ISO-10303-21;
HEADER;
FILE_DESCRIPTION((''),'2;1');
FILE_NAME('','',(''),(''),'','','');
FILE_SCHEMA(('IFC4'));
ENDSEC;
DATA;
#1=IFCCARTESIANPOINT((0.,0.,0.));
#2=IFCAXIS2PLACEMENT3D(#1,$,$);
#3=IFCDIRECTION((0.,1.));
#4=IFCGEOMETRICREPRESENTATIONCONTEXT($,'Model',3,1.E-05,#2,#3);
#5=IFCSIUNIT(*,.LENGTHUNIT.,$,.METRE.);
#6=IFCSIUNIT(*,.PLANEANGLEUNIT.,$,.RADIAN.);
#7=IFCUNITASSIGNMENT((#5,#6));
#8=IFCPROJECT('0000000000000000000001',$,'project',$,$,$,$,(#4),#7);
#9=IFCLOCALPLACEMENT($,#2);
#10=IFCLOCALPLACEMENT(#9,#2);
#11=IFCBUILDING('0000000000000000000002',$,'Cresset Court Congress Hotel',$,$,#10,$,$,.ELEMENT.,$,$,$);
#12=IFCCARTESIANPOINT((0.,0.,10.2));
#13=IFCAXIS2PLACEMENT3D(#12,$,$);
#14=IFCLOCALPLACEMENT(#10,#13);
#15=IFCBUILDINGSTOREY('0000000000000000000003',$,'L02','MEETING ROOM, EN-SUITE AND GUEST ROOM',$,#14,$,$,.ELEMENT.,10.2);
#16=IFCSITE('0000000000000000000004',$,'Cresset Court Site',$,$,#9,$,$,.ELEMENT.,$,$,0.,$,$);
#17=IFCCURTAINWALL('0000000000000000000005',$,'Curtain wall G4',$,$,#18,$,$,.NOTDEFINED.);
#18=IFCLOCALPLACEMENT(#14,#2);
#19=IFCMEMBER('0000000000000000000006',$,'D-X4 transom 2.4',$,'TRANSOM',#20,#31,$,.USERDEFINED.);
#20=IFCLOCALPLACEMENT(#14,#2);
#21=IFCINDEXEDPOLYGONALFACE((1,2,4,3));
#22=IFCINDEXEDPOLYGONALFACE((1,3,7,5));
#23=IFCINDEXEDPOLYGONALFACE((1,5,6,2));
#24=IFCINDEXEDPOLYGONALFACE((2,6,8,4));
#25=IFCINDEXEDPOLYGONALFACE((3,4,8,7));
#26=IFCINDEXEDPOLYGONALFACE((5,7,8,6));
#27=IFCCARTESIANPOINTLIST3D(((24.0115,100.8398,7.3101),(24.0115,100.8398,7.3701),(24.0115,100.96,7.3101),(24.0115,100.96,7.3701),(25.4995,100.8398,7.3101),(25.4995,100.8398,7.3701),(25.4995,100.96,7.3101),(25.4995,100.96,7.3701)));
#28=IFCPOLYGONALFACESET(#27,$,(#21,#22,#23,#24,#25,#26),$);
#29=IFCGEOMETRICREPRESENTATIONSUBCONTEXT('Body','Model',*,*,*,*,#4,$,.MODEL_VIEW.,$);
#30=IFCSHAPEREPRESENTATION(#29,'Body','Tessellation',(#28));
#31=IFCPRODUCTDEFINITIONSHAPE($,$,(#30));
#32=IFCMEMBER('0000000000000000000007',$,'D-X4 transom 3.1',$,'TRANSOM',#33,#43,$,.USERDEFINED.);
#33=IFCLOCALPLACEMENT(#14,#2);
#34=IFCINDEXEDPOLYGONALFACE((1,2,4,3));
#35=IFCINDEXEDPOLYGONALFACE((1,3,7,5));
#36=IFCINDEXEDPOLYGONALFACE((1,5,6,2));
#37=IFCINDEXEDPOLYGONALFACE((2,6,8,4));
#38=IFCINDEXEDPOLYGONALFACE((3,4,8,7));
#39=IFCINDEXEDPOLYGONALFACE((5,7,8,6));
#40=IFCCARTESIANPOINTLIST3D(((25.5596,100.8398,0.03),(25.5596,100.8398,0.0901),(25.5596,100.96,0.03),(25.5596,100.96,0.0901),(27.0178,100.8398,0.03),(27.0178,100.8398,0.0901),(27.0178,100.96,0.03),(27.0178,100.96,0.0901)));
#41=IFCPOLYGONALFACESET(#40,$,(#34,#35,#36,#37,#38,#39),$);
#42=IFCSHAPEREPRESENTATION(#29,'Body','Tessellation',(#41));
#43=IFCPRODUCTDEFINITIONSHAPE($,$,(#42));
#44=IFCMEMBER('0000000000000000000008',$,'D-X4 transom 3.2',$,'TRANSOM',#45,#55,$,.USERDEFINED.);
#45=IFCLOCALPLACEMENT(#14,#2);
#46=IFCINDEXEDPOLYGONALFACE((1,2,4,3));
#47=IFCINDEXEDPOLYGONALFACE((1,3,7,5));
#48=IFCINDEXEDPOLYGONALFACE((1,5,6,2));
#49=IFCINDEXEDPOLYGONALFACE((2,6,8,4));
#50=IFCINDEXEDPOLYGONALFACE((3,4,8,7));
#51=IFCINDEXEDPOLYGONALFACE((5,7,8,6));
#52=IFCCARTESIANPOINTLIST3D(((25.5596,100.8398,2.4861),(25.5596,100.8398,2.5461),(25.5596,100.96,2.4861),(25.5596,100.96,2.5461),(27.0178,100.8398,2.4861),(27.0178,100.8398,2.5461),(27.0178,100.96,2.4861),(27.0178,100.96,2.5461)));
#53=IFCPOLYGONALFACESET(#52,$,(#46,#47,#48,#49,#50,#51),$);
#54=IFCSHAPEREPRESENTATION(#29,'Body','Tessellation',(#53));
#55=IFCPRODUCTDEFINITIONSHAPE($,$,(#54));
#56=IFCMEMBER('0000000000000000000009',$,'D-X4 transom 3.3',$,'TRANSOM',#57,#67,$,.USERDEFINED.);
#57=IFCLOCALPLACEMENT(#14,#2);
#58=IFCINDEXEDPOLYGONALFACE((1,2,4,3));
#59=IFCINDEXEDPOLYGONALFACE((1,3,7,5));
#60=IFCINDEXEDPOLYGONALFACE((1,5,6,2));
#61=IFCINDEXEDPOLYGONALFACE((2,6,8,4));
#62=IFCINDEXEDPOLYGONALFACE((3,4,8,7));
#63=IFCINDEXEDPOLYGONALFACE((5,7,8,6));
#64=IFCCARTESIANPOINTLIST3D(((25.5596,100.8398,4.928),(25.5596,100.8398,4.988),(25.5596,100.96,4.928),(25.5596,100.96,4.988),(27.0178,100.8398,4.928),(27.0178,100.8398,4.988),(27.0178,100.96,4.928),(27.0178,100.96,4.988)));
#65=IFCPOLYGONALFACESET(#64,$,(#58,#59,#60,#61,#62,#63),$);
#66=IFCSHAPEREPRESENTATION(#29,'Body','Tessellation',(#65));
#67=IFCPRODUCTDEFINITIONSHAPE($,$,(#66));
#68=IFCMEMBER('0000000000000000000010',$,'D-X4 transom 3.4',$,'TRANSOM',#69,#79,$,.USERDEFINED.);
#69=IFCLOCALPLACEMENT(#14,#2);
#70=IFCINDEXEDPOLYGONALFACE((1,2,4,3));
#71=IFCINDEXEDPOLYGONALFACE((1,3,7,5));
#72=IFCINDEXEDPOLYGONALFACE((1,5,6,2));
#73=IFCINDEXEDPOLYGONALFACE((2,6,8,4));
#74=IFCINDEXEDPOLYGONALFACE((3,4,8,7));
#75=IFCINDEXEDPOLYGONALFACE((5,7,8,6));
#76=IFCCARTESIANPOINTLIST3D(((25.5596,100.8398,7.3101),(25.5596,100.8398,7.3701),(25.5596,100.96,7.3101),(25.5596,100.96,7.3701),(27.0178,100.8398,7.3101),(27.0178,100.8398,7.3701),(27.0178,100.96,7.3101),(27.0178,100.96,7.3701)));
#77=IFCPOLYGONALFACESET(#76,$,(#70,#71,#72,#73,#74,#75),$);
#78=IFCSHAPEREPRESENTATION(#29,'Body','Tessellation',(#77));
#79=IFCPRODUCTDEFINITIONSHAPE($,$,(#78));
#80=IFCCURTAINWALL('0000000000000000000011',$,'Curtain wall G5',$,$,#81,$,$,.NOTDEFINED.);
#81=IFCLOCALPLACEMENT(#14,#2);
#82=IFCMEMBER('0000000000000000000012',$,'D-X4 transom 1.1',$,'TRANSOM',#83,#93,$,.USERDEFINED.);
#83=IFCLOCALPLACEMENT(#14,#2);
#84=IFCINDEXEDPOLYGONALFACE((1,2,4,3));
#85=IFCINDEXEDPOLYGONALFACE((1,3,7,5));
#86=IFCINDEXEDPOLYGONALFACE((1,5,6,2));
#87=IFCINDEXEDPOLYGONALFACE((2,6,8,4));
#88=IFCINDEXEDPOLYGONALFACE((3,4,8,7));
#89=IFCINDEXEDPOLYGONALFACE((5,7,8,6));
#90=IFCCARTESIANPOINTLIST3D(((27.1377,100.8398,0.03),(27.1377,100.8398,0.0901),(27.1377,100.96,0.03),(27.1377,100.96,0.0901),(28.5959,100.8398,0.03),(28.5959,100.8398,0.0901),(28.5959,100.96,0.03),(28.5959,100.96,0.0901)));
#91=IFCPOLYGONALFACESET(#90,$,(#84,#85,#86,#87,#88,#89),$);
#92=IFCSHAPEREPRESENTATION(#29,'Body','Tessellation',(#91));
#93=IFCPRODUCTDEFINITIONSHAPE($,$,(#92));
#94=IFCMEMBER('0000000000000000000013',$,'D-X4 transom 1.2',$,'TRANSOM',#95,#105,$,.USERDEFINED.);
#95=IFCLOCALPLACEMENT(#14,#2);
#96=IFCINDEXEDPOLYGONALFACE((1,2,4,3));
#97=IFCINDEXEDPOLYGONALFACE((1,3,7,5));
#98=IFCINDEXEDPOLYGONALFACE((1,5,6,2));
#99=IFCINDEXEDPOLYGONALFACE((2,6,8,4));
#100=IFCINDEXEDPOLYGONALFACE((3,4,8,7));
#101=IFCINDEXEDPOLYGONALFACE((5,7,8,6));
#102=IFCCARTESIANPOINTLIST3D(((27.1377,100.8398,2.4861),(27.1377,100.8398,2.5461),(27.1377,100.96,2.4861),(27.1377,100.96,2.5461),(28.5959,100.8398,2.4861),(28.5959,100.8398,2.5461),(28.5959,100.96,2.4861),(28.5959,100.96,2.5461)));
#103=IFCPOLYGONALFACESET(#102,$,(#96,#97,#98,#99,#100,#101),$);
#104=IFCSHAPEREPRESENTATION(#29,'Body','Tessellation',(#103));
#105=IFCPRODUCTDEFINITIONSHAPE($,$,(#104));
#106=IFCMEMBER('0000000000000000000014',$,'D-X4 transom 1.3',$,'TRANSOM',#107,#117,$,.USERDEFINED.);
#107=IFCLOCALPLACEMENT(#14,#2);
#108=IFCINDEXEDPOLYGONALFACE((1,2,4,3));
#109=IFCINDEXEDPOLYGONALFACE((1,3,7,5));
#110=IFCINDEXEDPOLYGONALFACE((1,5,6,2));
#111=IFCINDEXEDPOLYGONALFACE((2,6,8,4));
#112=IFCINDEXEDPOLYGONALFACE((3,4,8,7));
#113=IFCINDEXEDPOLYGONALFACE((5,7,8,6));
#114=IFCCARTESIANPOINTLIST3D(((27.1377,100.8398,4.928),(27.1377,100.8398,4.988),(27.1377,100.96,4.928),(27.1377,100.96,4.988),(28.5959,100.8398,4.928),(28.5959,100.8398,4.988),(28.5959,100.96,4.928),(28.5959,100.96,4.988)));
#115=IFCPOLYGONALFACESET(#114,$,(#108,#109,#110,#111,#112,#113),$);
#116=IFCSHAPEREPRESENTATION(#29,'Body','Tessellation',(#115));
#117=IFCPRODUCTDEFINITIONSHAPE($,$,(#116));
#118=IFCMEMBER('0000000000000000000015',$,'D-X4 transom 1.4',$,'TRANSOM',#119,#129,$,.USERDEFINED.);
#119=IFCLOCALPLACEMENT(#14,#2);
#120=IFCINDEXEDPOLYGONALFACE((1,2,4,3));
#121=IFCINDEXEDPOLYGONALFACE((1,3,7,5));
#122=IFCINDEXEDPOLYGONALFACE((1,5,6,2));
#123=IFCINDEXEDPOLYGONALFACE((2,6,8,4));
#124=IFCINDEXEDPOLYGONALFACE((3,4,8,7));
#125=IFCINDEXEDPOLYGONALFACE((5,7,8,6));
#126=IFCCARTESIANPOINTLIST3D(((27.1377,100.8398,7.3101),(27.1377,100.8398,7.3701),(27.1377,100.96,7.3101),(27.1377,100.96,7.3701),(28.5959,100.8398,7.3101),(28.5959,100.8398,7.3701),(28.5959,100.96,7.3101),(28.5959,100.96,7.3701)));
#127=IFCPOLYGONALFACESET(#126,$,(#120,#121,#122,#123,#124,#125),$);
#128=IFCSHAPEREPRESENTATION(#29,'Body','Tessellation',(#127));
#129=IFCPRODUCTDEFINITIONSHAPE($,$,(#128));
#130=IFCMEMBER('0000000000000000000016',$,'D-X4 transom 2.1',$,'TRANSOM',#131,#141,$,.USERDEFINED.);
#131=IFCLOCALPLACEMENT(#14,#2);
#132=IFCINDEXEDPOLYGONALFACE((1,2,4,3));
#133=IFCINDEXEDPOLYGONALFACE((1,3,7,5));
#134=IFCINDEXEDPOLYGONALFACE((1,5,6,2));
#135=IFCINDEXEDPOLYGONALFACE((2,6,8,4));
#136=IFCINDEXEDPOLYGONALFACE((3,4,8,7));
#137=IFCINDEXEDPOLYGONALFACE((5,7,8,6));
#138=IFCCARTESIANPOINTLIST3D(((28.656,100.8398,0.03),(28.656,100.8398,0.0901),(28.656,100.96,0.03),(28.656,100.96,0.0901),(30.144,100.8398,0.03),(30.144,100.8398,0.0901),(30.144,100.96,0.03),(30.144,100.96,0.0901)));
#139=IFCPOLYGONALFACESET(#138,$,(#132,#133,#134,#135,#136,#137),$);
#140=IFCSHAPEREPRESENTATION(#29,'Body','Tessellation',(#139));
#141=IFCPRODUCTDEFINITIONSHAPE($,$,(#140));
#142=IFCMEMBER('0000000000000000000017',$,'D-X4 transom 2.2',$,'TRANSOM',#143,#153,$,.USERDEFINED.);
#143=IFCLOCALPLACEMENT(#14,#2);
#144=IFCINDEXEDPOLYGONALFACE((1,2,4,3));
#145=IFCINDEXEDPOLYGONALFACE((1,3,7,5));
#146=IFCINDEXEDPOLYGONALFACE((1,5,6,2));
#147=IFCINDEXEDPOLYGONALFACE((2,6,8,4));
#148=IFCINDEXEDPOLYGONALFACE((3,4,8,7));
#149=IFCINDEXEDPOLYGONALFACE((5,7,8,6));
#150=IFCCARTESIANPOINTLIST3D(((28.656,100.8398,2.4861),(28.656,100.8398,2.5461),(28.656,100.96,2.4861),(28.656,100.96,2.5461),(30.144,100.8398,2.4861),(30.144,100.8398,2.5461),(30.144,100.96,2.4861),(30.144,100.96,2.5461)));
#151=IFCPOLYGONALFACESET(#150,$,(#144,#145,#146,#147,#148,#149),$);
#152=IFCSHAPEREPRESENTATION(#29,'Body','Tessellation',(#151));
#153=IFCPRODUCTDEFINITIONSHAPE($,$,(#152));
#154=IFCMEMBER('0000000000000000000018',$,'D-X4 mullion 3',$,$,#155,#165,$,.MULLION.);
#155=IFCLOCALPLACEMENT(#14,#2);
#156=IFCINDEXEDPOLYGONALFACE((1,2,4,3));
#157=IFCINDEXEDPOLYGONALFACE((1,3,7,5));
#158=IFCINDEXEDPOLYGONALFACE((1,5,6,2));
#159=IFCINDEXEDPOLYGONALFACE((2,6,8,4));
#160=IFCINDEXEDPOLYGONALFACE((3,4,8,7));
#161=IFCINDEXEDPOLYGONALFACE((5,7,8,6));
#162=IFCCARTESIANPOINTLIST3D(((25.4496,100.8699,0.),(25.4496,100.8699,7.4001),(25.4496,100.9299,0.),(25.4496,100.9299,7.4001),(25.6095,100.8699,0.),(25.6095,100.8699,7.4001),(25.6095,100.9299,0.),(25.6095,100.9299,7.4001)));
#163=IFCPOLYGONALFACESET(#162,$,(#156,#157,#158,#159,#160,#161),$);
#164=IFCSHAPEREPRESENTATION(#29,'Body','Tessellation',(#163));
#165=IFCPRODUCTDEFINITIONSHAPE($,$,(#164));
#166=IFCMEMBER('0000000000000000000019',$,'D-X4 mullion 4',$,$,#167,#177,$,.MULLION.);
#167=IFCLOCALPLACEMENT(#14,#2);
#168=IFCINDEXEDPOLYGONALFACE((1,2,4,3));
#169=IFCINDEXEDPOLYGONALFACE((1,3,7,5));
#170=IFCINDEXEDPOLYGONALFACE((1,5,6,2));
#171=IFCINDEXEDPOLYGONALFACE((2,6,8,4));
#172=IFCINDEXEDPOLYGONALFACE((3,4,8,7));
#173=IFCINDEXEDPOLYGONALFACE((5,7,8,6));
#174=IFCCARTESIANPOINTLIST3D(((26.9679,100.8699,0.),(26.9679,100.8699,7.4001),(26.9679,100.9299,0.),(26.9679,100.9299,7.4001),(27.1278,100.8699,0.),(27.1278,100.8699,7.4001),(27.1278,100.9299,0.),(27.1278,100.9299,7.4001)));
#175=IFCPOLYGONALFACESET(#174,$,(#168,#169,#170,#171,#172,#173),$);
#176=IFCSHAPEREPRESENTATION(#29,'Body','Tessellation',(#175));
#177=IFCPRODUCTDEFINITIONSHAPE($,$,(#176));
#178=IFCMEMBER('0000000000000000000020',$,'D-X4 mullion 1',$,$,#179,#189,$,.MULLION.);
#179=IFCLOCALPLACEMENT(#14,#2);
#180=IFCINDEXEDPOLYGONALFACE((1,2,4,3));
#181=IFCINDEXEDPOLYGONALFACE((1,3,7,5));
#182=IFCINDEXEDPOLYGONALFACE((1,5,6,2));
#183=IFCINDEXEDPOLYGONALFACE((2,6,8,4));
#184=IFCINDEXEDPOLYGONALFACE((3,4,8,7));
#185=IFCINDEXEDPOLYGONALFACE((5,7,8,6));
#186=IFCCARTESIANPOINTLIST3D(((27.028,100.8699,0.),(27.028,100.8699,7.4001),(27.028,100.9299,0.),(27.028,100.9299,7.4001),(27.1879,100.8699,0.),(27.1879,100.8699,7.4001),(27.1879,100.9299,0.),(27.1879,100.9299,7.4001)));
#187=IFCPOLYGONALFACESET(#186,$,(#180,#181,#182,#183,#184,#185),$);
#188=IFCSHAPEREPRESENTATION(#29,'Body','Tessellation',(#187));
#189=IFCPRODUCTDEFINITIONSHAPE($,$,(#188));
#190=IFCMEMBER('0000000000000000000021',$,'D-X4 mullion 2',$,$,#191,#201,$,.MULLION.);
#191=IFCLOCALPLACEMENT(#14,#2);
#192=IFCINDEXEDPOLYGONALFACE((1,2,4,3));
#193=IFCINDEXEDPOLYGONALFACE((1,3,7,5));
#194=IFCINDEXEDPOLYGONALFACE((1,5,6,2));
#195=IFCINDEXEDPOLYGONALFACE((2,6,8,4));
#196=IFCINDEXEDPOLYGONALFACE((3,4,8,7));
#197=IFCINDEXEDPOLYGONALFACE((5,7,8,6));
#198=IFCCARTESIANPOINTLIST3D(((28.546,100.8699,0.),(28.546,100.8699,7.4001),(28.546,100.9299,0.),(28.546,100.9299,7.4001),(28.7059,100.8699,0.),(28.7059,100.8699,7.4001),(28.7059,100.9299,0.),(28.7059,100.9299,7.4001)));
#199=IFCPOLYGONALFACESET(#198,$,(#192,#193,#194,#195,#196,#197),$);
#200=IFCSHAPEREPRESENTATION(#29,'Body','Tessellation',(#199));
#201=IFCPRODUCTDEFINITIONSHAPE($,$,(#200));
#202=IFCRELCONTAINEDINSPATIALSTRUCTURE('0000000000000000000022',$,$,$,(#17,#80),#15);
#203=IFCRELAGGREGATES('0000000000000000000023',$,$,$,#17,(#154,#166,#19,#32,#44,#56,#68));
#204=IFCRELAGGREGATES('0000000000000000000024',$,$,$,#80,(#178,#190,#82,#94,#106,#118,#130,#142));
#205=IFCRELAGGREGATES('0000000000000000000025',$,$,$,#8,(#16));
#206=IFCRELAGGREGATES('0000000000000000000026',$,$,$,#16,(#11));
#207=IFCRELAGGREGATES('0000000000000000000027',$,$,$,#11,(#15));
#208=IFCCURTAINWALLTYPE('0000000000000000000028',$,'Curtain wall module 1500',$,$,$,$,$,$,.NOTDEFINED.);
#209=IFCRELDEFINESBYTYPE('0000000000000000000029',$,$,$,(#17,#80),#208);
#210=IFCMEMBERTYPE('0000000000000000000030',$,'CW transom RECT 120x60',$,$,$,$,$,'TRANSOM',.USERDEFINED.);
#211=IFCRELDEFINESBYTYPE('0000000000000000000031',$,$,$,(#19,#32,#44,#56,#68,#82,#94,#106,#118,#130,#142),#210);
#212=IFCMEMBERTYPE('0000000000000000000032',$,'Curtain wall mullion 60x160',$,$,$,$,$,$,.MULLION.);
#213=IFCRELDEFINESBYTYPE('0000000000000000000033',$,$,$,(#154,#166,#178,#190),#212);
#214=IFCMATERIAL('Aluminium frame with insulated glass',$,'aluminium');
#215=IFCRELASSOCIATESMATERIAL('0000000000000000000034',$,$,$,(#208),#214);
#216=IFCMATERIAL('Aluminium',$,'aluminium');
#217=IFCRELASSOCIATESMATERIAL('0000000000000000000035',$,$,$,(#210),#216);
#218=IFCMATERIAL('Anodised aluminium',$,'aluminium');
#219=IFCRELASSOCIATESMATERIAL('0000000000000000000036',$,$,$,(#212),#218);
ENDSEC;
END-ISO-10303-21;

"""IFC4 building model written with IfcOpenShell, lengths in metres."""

from ifc_helpers import new_model, si_unit, direction, frame, origin, origin_2d, place, context, subcontext, project, spatial, rectangle, extrude, material, material_profile, profile_set, type_object, element, aggregate, save


model = new_model("IFC4")

# Units and contexts
model_context = context("Model", 3, precision=1e-05, world=origin(), true_north=direction((0.0, 1.0)))
body_context = subcontext(model_context, "Body", "Model", "MODEL_VIEW")
ifc_project = project(units=[si_unit("LENGTHUNIT", "METRE"), si_unit("PLANEANGLEUNIT", "RADIAN")], contexts=[model_context])

# Site, building, storey
site_placement = place(None, origin())
site = spatial("IfcSite", under=ifc_project, at=site_placement, Name="Cresset Court Site", CompositionType="ELEMENT", RefElevation=0.0)
building_placement = place(site_placement, origin())
building = spatial("IfcBuilding", under=site, at=building_placement, Name="Cresset Court Congress Hotel", CompositionType="ELEMENT")
storey_placement = place(building_placement, frame((0.0, 0.0, 10.2)))
storey = spatial("IfcBuildingStorey", under=building, at=storey_placement, Name="L02", Description="MEETING ROOM, EN-SUITE AND GUEST ROOM", CompositionType="ELEMENT", Elevation=10.2)

# Curtain walls, members
ifc_material_1 = material(Name="Aluminium frame with insulated glass", Category="aluminium")
curtain_wall_type = type_object("IfcCurtainWallType", Name="Curtain wall module 1500", PredefinedType="NOTDEFINED", material=ifc_material_1)
curtain_wall_1_placement = place(storey_placement, origin())
curtain_wall_1 = element("IfcCurtainWall", 1, at=curtain_wall_1_placement, inside=storey, type_object=curtain_wall_type, Name="Curtain wall G4", PredefinedType="NOTDEFINED")
ifc_material_2 = material(Name="Aluminium", Category="aluminium")
ifc_material_profile_1 = material_profile(ifc_material_2, rectangle(XDim=0.1201, YDim=0.0601, at=origin_2d()), Name="AL 120x60")
ifc_profile_set_1 = profile_set([ifc_material_profile_1], Name="Aluminium")
member_type_1 = type_object("IfcMemberType", Name="CW transom RECT 120x60", ElementType="TRANSOM", PredefinedType="USERDEFINED", material=ifc_profile_set_1)
member_1_placement = place(storey_placement, frame((24.0115, 100.8999, 7.3401), z_axis=(1.0, 0.0, 0.0), x_axis=(0.0, 1.0, 0.0)))
member_1 = element("IfcMember", 2, at=member_1_placement, type_object=member_type_1, Name="D-X4 transom 2.4", ObjectType="TRANSOM", PredefinedType="USERDEFINED", context=body_context, shape_type="SweptSolid", body=[
    extrude(rectangle(XDim=0.1201, YDim=0.0601, at=origin_2d()), origin(), (0.0, 0.0, 1.0), 1.488),
])
member_2_placement = place(storey_placement, frame((25.5596, 100.8999, 0.0601), z_axis=(1.0, 0.0, 0.0), x_axis=(0.0, 1.0, 0.0)))
member_2 = element("IfcMember", 3, at=member_2_placement, type_object=member_type_1, Name="D-X4 transom 3.1", ObjectType="TRANSOM", PredefinedType="USERDEFINED", context=body_context, shape_type="SweptSolid", body=[
    extrude(rectangle(XDim=0.1201, YDim=0.0601, at=origin_2d()), origin(), (0.0, 0.0, 1.0), 1.4583),
])
member_3_placement = place(storey_placement, frame((25.5596, 100.8999, 2.5161), z_axis=(1.0, 0.0, 0.0), x_axis=(0.0, 1.0, 0.0)))
member_3 = element("IfcMember", 4, at=member_3_placement, type_object=member_type_1, Name="D-X4 transom 3.2", ObjectType="TRANSOM", PredefinedType="USERDEFINED", context=body_context, shape_type="SweptSolid", body=[
    extrude(rectangle(XDim=0.1201, YDim=0.0601, at=origin_2d()), origin(), (0.0, 0.0, 1.0), 1.4583),
])
member_4_placement = place(storey_placement, frame((25.5596, 100.8999, 4.958), z_axis=(1.0, 0.0, 0.0), x_axis=(0.0, 1.0, 0.0)))
member_4 = element("IfcMember", 5, at=member_4_placement, type_object=member_type_1, Name="D-X4 transom 3.3", ObjectType="TRANSOM", PredefinedType="USERDEFINED", context=body_context, shape_type="SweptSolid", body=[
    extrude(rectangle(XDim=0.1201, YDim=0.0601, at=origin_2d()), origin(), (0.0, 0.0, 1.0), 1.4583),
])
member_5_placement = place(storey_placement, frame((25.5596, 100.8999, 7.3401), z_axis=(1.0, 0.0, 0.0), x_axis=(0.0, 1.0, 0.0)))
member_5 = element("IfcMember", 6, at=member_5_placement, type_object=member_type_1, Name="D-X4 transom 3.4", ObjectType="TRANSOM", PredefinedType="USERDEFINED", context=body_context, shape_type="SweptSolid", body=[
    extrude(rectangle(XDim=0.1201, YDim=0.0601, at=origin_2d()), origin(), (0.0, 0.0, 1.0), 1.4583),
])
curtain_wall_2_placement = place(storey_placement, origin())
curtain_wall_2 = element("IfcCurtainWall", 7, at=curtain_wall_2_placement, inside=storey, type_object=curtain_wall_type, Name="Curtain wall G5", PredefinedType="NOTDEFINED")
member_6_placement = place(storey_placement, frame((27.1377, 100.8999, 0.0601), z_axis=(1.0, 0.0, 0.0), x_axis=(0.0, 1.0, 0.0)))
member_6 = element("IfcMember", 8, at=member_6_placement, type_object=member_type_1, Name="D-X4 transom 1.1", ObjectType="TRANSOM", PredefinedType="USERDEFINED", context=body_context, shape_type="SweptSolid", body=[
    extrude(rectangle(XDim=0.1201, YDim=0.0601, at=origin_2d()), origin(), (0.0, 0.0, 1.0), 1.4583),
])
member_7_placement = place(storey_placement, frame((27.1377, 100.8999, 2.5161), z_axis=(1.0, 0.0, 0.0), x_axis=(0.0, 1.0, 0.0)))
member_7 = element("IfcMember", 9, at=member_7_placement, type_object=member_type_1, Name="D-X4 transom 1.2", ObjectType="TRANSOM", PredefinedType="USERDEFINED", context=body_context, shape_type="SweptSolid", body=[
    extrude(rectangle(XDim=0.1201, YDim=0.0601, at=origin_2d()), origin(), (0.0, 0.0, 1.0), 1.4583),
])
member_8_placement = place(storey_placement, frame((27.1377, 100.8999, 4.958), z_axis=(1.0, 0.0, 0.0), x_axis=(0.0, 1.0, 0.0)))
member_8 = element("IfcMember", 10, at=member_8_placement, type_object=member_type_1, Name="D-X4 transom 1.3", ObjectType="TRANSOM", PredefinedType="USERDEFINED", context=body_context, shape_type="SweptSolid", body=[
    extrude(rectangle(XDim=0.1201, YDim=0.0601, at=origin_2d()), origin(), (0.0, 0.0, 1.0), 1.4583),
])
member_9_placement = place(storey_placement, frame((27.1377, 100.8999, 7.3401), z_axis=(1.0, 0.0, 0.0), x_axis=(0.0, 1.0, 0.0)))
member_9 = element("IfcMember", 11, at=member_9_placement, type_object=member_type_1, Name="D-X4 transom 1.4", ObjectType="TRANSOM", PredefinedType="USERDEFINED", context=body_context, shape_type="SweptSolid", body=[
    extrude(rectangle(XDim=0.1201, YDim=0.0601, at=origin_2d()), origin(), (0.0, 0.0, 1.0), 1.4583),
])
member_10_placement = place(storey_placement, frame((28.656, 100.8999, 0.0601), z_axis=(1.0, 0.0, 0.0), x_axis=(0.0, 1.0, 0.0)))
member_10 = element("IfcMember", 12, at=member_10_placement, type_object=member_type_1, Name="D-X4 transom 2.1", ObjectType="TRANSOM", PredefinedType="USERDEFINED", context=body_context, shape_type="SweptSolid", body=[
    extrude(rectangle(XDim=0.1201, YDim=0.0601, at=origin_2d()), origin(), (0.0, 0.0, 1.0), 1.488),
])
member_11_placement = place(storey_placement, frame((28.656, 100.8999, 2.5161), z_axis=(1.0, 0.0, 0.0), x_axis=(0.0, 1.0, 0.0)))
member_11 = element("IfcMember", 13, at=member_11_placement, type_object=member_type_1, Name="D-X4 transom 2.2", ObjectType="TRANSOM", PredefinedType="USERDEFINED", context=body_context, shape_type="SweptSolid", body=[
    extrude(rectangle(XDim=0.1201, YDim=0.0601, at=origin_2d()), origin(), (0.0, 0.0, 1.0), 1.488),
])

# Members
ifc_material_3 = material(Name="Anodised aluminium", Category="aluminium")
ifc_material_profile_2 = material_profile(ifc_material_3, rectangle(XDim=0.0601, YDim=0.1599, at=origin_2d()), Name="AL60x160")
ifc_profile_set_2 = profile_set([ifc_material_profile_2], Name="Anodised aluminium")
member_type_2 = type_object("IfcMemberType", Name="Curtain wall mullion 60x160", PredefinedType="MULLION", material=ifc_profile_set_2)
member_12_placement = place(storey_placement, frame((25.5295, 100.8999, 0.0), z_axis=(0.0, 0.0, 1.0), x_axis=(0.0, 1.0, 0.0)))
member_12 = element("IfcMember", 14, at=member_12_placement, type_object=member_type_2, Name="D-X4 mullion 3", PredefinedType="MULLION", context=body_context, shape_type="SweptSolid", body=[
    extrude(rectangle(XDim=0.0601, YDim=0.1599, at=origin_2d()), origin(), (0.0, 0.0, 1.0), 7.4001),
])
member_13_placement = place(storey_placement, frame((27.0479, 100.8999, 0.0), z_axis=(0.0, 0.0, 1.0), x_axis=(0.0, 1.0, 0.0)))
member_13 = element("IfcMember", 15, at=member_13_placement, type_object=member_type_2, Name="D-X4 mullion 4", PredefinedType="MULLION", context=body_context, shape_type="SweptSolid", body=[
    extrude(rectangle(XDim=0.0601, YDim=0.1599, at=origin_2d()), origin(), (0.0, 0.0, 1.0), 7.4001),
])
member_14_placement = place(storey_placement, frame((27.1079, 100.8999, 0.0), z_axis=(0.0, 0.0, 1.0), x_axis=(0.0, 1.0, 0.0)))
member_14 = element("IfcMember", 16, at=member_14_placement, type_object=member_type_2, Name="D-X4 mullion 1", PredefinedType="MULLION", context=body_context, shape_type="SweptSolid", body=[
    extrude(rectangle(XDim=0.0601, YDim=0.1599, at=origin_2d()), origin(), (0.0, 0.0, 1.0), 7.4001),
])
member_15_placement = place(storey_placement, frame((28.626, 100.8999, 0.0), z_axis=(0.0, 0.0, 1.0), x_axis=(0.0, 1.0, 0.0)))
member_15 = element("IfcMember", 17, at=member_15_placement, type_object=member_type_2, Name="D-X4 mullion 2", PredefinedType="MULLION", context=body_context, shape_type="SweptSolid", body=[
    extrude(rectangle(XDim=0.0601, YDim=0.1599, at=origin_2d()), origin(), (0.0, 0.0, 1.0), 7.4001),
])

aggregate(curtain_wall_1, [member_12, member_13, member_1, member_2, member_3, member_4, member_5])
aggregate(curtain_wall_2, [member_14, member_15, member_6, member_7, member_8, member_9, member_10, member_11])

save(model, "model.ifc")
